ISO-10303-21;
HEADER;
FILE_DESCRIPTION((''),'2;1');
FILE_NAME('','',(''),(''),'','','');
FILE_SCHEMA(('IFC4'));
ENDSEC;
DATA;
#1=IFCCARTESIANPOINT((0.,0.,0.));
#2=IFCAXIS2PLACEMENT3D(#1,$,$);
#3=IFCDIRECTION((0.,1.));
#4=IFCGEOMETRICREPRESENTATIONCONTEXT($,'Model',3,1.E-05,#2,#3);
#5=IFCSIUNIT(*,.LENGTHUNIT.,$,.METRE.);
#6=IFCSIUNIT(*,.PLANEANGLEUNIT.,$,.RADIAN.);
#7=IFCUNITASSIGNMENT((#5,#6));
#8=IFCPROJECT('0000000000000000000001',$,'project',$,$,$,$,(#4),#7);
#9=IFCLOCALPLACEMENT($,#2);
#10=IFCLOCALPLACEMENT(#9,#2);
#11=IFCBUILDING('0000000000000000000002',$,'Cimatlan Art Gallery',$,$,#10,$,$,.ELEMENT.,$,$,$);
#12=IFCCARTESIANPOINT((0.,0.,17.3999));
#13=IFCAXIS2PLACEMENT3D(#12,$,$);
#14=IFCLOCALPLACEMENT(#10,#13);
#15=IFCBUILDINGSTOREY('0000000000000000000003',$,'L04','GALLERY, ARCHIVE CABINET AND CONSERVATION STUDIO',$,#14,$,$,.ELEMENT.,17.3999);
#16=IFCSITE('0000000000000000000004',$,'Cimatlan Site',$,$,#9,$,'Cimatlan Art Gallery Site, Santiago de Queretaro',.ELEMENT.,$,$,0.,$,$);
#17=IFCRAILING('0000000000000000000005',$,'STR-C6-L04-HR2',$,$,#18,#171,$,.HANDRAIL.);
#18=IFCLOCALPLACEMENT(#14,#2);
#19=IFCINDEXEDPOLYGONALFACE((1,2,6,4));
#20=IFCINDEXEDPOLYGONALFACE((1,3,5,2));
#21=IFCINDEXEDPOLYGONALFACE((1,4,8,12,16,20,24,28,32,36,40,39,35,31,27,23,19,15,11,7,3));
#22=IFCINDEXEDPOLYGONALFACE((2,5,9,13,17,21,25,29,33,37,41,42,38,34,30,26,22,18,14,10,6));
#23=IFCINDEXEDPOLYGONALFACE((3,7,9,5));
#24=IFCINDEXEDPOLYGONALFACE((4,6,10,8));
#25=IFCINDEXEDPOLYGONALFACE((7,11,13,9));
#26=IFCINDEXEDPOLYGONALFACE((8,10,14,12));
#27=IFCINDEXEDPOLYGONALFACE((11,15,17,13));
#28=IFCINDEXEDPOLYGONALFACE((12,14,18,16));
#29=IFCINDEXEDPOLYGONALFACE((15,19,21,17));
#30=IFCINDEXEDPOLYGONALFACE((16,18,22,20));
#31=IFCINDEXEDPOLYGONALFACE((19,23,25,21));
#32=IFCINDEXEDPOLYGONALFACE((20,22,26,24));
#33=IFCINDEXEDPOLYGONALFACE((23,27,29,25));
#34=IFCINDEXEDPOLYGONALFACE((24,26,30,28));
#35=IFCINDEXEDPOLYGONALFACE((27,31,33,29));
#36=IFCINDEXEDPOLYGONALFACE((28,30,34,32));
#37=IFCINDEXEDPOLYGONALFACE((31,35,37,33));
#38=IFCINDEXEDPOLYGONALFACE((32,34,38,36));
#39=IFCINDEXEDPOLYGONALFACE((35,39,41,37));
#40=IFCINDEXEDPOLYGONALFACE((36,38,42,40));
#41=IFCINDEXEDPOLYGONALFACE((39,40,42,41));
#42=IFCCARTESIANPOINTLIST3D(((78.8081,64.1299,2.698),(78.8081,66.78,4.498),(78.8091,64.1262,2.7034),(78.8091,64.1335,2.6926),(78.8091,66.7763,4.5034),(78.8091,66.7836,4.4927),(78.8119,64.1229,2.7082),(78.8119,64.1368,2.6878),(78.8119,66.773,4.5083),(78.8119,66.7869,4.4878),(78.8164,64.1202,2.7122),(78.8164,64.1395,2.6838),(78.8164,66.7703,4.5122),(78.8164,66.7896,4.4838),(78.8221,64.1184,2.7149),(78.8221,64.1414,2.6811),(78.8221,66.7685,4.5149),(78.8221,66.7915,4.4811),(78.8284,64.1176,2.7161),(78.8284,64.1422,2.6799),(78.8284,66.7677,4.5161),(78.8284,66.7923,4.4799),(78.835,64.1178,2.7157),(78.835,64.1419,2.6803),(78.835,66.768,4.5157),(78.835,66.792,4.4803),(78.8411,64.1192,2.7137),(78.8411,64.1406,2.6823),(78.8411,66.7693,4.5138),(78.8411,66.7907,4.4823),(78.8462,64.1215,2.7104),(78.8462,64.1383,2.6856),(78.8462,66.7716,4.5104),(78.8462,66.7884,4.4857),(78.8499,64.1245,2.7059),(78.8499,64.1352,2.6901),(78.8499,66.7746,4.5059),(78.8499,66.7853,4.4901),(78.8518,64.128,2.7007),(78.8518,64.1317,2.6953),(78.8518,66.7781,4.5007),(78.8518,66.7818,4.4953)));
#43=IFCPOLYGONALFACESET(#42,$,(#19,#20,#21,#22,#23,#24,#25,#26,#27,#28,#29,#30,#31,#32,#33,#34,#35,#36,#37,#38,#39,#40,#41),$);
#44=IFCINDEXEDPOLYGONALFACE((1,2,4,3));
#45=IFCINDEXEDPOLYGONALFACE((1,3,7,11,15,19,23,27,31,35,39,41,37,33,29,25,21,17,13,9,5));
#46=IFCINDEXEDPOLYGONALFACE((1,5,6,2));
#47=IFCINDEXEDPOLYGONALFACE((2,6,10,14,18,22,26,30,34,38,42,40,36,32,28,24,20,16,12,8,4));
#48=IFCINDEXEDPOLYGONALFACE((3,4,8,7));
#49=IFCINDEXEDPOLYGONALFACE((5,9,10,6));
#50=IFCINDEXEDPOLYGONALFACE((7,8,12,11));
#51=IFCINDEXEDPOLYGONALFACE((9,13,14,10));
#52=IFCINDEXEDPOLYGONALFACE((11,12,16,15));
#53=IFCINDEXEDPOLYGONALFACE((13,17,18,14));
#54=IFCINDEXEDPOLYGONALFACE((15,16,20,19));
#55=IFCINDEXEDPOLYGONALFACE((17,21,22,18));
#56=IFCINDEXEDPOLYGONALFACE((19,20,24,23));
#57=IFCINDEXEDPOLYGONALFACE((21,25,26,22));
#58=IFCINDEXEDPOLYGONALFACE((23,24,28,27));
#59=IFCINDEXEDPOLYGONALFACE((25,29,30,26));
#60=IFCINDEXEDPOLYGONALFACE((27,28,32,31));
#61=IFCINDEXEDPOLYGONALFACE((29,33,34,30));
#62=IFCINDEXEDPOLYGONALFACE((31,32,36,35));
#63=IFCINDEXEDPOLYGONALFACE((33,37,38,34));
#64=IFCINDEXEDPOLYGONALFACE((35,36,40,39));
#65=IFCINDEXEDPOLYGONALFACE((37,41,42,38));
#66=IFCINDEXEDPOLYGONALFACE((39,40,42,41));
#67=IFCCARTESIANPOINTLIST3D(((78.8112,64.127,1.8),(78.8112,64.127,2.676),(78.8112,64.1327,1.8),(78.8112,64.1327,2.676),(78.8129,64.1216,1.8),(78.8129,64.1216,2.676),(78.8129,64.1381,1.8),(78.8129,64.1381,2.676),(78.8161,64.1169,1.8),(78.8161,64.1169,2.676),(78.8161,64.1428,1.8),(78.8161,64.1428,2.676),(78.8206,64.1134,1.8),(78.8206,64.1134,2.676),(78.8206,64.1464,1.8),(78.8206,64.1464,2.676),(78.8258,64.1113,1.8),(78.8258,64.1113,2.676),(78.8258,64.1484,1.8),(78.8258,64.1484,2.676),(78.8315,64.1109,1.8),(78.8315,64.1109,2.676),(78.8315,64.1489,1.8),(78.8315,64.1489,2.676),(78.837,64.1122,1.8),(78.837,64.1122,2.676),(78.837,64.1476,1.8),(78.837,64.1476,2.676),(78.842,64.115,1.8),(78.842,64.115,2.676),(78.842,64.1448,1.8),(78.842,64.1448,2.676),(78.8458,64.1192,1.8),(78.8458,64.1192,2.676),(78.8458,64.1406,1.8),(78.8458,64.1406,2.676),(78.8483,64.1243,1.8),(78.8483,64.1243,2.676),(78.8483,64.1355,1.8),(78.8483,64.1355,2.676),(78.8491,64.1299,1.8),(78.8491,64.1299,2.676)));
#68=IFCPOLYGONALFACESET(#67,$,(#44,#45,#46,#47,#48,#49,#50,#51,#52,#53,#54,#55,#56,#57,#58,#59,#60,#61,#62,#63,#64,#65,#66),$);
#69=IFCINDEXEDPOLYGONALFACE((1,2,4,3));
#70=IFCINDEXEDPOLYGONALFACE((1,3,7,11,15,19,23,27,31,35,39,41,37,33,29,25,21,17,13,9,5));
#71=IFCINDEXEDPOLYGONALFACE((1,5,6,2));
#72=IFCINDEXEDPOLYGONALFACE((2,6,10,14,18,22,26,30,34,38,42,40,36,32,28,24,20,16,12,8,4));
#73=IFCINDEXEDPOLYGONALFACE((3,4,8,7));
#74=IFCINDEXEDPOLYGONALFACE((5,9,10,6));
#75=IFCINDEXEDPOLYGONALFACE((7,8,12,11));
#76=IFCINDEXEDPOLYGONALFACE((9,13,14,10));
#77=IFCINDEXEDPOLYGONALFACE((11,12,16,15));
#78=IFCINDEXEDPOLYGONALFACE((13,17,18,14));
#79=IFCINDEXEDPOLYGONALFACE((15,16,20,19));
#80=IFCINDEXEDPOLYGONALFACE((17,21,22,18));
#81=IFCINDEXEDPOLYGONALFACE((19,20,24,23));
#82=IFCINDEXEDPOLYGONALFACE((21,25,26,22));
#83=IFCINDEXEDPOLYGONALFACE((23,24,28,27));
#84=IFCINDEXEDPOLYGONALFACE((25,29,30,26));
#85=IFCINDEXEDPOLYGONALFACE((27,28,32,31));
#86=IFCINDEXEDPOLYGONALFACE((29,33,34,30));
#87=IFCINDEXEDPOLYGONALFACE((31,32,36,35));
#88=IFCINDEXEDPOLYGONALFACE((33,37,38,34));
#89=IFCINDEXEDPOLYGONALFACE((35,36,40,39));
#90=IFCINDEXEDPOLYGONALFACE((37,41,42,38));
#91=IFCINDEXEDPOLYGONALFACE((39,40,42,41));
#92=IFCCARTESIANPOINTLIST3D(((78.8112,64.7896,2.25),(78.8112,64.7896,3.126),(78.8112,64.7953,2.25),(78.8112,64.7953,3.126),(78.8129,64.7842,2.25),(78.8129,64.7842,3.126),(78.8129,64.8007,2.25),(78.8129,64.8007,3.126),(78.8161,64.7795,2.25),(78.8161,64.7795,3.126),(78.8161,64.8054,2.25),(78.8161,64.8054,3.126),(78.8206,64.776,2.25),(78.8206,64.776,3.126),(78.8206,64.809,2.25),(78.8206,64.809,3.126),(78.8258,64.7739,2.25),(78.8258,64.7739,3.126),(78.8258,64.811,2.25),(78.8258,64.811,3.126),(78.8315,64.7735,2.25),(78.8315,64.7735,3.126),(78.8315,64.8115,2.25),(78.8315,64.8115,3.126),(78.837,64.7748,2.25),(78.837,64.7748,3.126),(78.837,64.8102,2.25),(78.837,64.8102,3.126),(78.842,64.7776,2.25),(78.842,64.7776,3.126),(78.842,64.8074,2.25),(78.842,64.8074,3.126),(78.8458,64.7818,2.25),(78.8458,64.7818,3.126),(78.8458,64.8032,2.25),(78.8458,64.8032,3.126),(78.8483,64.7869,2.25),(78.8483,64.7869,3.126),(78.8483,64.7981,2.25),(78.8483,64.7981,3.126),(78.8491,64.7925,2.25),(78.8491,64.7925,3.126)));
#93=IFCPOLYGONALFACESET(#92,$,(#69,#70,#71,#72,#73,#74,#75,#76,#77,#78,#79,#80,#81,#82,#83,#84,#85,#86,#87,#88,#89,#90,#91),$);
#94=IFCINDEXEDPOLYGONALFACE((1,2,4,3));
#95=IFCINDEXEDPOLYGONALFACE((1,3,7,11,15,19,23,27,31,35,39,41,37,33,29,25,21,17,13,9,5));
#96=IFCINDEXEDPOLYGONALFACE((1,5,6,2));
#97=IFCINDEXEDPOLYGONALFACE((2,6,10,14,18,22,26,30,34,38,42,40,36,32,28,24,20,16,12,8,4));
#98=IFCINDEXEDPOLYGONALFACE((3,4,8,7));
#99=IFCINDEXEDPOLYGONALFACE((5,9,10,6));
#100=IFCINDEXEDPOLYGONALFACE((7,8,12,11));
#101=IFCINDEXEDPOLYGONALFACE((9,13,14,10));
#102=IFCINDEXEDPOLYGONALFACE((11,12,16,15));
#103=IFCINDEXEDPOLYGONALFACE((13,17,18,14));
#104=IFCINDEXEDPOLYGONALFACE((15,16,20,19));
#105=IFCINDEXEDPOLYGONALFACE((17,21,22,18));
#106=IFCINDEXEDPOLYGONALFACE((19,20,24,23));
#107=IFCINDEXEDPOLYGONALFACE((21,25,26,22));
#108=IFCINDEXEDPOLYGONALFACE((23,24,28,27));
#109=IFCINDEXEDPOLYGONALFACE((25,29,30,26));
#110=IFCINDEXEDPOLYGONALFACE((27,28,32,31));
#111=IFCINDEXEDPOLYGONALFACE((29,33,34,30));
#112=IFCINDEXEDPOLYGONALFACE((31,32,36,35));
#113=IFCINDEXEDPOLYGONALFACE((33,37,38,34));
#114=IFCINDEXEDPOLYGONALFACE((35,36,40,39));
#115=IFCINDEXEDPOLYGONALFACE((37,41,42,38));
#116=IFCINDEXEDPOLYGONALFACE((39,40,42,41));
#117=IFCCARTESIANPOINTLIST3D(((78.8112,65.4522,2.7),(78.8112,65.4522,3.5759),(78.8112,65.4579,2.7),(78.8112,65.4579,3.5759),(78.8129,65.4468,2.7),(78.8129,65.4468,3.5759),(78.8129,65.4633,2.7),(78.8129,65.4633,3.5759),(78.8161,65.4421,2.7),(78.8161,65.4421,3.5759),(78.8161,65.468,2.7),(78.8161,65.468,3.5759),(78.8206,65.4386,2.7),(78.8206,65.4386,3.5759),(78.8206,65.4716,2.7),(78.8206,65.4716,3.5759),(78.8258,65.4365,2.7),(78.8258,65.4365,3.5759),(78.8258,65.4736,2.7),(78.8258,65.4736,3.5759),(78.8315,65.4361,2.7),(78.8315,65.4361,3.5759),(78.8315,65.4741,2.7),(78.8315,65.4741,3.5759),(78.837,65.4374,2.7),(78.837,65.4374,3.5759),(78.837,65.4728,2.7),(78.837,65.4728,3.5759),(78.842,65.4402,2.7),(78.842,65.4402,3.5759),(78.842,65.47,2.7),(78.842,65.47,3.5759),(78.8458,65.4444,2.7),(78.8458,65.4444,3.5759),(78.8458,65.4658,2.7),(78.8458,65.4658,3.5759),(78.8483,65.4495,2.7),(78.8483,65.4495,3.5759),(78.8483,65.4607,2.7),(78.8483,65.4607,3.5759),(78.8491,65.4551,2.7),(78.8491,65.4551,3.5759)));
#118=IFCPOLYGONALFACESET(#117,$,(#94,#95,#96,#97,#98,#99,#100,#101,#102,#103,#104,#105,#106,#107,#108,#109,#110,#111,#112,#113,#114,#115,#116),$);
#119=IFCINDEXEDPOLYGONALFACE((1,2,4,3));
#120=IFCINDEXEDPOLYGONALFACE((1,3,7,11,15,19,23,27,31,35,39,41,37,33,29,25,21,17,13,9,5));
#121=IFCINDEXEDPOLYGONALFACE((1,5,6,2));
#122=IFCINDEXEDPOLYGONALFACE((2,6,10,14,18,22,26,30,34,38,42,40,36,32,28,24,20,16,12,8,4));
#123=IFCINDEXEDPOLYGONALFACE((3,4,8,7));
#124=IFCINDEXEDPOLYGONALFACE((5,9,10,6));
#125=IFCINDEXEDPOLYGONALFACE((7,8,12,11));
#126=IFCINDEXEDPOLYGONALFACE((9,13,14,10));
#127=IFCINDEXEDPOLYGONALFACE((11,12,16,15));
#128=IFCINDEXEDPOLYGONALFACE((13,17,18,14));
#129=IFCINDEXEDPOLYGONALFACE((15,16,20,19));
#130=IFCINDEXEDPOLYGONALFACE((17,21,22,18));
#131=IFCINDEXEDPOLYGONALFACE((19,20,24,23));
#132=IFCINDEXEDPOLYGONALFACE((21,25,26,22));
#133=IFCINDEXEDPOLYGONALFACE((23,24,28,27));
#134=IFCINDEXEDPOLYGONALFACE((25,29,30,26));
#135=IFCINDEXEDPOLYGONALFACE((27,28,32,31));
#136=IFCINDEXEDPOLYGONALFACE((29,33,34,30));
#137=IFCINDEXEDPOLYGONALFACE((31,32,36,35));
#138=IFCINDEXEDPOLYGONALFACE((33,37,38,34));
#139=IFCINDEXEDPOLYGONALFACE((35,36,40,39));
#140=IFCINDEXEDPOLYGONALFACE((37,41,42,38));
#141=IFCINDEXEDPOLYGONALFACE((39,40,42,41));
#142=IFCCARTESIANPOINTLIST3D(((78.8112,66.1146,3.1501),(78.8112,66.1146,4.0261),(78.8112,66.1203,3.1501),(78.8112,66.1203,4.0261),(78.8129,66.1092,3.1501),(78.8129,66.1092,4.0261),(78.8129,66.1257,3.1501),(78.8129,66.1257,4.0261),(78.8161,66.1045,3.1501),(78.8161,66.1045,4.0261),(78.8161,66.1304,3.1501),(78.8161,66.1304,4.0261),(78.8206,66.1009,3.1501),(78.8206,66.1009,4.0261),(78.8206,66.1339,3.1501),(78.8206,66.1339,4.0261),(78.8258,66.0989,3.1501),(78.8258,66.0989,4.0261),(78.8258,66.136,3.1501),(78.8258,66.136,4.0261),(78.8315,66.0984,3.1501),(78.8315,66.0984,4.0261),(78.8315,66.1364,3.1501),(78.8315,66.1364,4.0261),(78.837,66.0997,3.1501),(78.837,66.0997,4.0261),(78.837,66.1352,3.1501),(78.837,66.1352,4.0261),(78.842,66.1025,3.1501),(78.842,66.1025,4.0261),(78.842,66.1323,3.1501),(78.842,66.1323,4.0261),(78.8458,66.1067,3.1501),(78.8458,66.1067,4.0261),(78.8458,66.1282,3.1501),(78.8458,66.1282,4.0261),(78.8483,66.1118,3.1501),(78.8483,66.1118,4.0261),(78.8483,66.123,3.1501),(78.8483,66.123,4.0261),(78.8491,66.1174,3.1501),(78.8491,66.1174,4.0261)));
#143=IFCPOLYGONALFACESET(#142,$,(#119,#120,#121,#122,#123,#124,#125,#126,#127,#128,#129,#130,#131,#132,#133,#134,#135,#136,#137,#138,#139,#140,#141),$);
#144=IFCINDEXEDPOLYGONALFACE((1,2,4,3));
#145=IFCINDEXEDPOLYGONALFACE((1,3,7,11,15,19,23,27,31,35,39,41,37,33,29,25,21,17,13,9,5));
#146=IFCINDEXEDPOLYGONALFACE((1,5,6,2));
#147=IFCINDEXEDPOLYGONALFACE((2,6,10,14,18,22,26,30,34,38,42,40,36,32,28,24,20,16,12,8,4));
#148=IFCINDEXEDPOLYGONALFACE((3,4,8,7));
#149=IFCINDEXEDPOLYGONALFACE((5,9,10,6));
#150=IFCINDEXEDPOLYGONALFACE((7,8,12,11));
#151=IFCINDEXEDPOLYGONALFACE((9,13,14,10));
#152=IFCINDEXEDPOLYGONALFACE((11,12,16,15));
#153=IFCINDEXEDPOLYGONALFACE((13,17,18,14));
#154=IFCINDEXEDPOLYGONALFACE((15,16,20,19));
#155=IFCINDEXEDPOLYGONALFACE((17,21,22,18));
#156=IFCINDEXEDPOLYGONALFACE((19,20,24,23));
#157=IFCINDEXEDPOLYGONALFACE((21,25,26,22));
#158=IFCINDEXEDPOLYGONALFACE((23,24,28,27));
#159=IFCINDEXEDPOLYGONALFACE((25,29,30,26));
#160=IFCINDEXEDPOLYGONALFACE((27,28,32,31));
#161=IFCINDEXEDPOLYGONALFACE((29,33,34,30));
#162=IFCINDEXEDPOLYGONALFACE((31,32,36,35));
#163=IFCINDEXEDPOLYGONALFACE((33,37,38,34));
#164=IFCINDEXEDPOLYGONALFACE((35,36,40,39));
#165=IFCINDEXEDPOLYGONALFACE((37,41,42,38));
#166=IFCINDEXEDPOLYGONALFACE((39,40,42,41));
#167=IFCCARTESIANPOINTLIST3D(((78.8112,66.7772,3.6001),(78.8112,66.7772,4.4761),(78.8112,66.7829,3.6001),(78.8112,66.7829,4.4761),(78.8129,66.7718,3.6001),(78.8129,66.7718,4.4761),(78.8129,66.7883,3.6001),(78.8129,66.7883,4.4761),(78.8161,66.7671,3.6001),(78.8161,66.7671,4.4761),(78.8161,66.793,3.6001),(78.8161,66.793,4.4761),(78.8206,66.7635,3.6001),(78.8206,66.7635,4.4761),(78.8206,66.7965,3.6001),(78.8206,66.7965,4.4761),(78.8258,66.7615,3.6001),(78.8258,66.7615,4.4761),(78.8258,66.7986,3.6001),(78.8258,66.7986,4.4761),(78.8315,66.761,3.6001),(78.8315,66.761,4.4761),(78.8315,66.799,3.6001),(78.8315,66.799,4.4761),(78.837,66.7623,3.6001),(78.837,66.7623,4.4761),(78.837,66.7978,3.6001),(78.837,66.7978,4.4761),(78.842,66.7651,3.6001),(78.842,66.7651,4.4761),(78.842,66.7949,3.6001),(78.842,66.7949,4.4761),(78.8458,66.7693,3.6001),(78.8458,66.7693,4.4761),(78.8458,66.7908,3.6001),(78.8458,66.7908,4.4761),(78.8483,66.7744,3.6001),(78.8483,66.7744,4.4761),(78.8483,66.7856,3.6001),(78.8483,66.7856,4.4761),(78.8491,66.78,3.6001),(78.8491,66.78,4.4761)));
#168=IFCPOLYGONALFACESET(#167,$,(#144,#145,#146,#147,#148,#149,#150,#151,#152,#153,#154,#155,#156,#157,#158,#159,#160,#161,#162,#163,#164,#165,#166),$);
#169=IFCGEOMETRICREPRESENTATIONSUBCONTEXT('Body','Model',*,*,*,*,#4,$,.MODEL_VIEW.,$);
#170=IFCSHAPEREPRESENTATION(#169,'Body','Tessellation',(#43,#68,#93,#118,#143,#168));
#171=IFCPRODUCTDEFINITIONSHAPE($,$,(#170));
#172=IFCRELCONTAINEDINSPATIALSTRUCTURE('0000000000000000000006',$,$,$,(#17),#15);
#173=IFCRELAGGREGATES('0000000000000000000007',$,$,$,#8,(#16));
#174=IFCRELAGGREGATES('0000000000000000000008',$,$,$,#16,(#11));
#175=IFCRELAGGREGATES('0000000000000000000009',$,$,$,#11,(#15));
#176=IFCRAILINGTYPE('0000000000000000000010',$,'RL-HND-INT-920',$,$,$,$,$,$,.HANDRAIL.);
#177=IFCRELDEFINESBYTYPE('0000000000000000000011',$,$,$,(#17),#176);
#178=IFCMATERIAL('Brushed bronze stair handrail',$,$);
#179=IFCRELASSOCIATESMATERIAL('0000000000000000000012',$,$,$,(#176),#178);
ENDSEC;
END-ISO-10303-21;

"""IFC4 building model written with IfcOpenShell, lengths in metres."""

from ifc_helpers import new_model, si_unit, direction, frame, origin, origin_2d, place, context, subcontext, project, spatial, circle, extrude, material, type_object, element, save


model = new_model("IFC4")

# Units and contexts
model_context = context("Model", 3, precision=1e-05, world=origin(), true_north=direction((0.0, 1.0)))
body_context = subcontext(model_context, "Body", "Model", "MODEL_VIEW")
ifc_project = project(units=[si_unit("LENGTHUNIT", "METRE"), si_unit("PLANEANGLEUNIT", "RADIAN")], contexts=[model_context])

# Site, building, storey
site_placement = place(None, origin())
site = spatial("IfcSite", under=ifc_project, at=site_placement, Name="Cimatlan Site", LongName="Cimatlan Art Gallery Site, Santiago de Queretaro", CompositionType="ELEMENT", RefElevation=0.0)
building_placement = place(site_placement, origin())
building = spatial("IfcBuilding", under=site, at=building_placement, Name="Cimatlan Art Gallery", CompositionType="ELEMENT")
storey_placement = place(building_placement, frame((0.0, 0.0, 17.3999)))
storey = spatial("IfcBuildingStorey", under=building, at=storey_placement, Name="L04", Description="GALLERY, ARCHIVE CABINET AND CONSERVATION STUDIO", CompositionType="ELEMENT", Elevation=17.3999)

# Railing
ifc_material_1 = material(Name="Brushed bronze stair handrail")
railing_type_1 = type_object("IfcRailingType", Name="RL-HND-INT-920", PredefinedType="HANDRAIL", material=ifc_material_1)
railing_1_placement = place(storey_placement, frame((78.8301, 64.1299, 1.8)))
element("IfcRailing", 1, at=railing_1_placement, inside=storey, type_object=railing_type_1, Name="STR-C6-L04-HR2", PredefinedType="HANDRAIL", context=body_context, shape_type="SweptSolid", body=[
    extrude(circle(Radius=0.022, at=origin_2d()), frame((0.0, 0.0, 0.8979), z_axis=(0.0, 0.827224, 0.561872), x_axis=(-1.0, 0.0, 0.0)), (0.0, 0.0, 1.0), 3.2036),
    extrude(circle(Radius=0.019, at=origin_2d()), origin(), (0.0, 0.0, 1.0), 0.876),
    extrude(circle(Radius=0.019, at=origin_2d()), frame((0.0, 0.6626, 0.45)), (0.0, 0.0, 1.0), 0.876),
    extrude(circle(Radius=0.019, at=origin_2d()), frame((0.0, 1.3252, 0.8999)), (0.0, 0.0, 1.0), 0.876),
    extrude(circle(Radius=0.019, at=origin_2d()), frame((0.0, 1.9875, 1.3501)), (0.0, 0.0, 1.0), 0.876),
    extrude(circle(Radius=0.019, at=origin_2d()), frame((0.0, 2.6501, 1.8)), (0.0, 0.0, 1.0), 0.876),
])

save(model, "model.ifc")
